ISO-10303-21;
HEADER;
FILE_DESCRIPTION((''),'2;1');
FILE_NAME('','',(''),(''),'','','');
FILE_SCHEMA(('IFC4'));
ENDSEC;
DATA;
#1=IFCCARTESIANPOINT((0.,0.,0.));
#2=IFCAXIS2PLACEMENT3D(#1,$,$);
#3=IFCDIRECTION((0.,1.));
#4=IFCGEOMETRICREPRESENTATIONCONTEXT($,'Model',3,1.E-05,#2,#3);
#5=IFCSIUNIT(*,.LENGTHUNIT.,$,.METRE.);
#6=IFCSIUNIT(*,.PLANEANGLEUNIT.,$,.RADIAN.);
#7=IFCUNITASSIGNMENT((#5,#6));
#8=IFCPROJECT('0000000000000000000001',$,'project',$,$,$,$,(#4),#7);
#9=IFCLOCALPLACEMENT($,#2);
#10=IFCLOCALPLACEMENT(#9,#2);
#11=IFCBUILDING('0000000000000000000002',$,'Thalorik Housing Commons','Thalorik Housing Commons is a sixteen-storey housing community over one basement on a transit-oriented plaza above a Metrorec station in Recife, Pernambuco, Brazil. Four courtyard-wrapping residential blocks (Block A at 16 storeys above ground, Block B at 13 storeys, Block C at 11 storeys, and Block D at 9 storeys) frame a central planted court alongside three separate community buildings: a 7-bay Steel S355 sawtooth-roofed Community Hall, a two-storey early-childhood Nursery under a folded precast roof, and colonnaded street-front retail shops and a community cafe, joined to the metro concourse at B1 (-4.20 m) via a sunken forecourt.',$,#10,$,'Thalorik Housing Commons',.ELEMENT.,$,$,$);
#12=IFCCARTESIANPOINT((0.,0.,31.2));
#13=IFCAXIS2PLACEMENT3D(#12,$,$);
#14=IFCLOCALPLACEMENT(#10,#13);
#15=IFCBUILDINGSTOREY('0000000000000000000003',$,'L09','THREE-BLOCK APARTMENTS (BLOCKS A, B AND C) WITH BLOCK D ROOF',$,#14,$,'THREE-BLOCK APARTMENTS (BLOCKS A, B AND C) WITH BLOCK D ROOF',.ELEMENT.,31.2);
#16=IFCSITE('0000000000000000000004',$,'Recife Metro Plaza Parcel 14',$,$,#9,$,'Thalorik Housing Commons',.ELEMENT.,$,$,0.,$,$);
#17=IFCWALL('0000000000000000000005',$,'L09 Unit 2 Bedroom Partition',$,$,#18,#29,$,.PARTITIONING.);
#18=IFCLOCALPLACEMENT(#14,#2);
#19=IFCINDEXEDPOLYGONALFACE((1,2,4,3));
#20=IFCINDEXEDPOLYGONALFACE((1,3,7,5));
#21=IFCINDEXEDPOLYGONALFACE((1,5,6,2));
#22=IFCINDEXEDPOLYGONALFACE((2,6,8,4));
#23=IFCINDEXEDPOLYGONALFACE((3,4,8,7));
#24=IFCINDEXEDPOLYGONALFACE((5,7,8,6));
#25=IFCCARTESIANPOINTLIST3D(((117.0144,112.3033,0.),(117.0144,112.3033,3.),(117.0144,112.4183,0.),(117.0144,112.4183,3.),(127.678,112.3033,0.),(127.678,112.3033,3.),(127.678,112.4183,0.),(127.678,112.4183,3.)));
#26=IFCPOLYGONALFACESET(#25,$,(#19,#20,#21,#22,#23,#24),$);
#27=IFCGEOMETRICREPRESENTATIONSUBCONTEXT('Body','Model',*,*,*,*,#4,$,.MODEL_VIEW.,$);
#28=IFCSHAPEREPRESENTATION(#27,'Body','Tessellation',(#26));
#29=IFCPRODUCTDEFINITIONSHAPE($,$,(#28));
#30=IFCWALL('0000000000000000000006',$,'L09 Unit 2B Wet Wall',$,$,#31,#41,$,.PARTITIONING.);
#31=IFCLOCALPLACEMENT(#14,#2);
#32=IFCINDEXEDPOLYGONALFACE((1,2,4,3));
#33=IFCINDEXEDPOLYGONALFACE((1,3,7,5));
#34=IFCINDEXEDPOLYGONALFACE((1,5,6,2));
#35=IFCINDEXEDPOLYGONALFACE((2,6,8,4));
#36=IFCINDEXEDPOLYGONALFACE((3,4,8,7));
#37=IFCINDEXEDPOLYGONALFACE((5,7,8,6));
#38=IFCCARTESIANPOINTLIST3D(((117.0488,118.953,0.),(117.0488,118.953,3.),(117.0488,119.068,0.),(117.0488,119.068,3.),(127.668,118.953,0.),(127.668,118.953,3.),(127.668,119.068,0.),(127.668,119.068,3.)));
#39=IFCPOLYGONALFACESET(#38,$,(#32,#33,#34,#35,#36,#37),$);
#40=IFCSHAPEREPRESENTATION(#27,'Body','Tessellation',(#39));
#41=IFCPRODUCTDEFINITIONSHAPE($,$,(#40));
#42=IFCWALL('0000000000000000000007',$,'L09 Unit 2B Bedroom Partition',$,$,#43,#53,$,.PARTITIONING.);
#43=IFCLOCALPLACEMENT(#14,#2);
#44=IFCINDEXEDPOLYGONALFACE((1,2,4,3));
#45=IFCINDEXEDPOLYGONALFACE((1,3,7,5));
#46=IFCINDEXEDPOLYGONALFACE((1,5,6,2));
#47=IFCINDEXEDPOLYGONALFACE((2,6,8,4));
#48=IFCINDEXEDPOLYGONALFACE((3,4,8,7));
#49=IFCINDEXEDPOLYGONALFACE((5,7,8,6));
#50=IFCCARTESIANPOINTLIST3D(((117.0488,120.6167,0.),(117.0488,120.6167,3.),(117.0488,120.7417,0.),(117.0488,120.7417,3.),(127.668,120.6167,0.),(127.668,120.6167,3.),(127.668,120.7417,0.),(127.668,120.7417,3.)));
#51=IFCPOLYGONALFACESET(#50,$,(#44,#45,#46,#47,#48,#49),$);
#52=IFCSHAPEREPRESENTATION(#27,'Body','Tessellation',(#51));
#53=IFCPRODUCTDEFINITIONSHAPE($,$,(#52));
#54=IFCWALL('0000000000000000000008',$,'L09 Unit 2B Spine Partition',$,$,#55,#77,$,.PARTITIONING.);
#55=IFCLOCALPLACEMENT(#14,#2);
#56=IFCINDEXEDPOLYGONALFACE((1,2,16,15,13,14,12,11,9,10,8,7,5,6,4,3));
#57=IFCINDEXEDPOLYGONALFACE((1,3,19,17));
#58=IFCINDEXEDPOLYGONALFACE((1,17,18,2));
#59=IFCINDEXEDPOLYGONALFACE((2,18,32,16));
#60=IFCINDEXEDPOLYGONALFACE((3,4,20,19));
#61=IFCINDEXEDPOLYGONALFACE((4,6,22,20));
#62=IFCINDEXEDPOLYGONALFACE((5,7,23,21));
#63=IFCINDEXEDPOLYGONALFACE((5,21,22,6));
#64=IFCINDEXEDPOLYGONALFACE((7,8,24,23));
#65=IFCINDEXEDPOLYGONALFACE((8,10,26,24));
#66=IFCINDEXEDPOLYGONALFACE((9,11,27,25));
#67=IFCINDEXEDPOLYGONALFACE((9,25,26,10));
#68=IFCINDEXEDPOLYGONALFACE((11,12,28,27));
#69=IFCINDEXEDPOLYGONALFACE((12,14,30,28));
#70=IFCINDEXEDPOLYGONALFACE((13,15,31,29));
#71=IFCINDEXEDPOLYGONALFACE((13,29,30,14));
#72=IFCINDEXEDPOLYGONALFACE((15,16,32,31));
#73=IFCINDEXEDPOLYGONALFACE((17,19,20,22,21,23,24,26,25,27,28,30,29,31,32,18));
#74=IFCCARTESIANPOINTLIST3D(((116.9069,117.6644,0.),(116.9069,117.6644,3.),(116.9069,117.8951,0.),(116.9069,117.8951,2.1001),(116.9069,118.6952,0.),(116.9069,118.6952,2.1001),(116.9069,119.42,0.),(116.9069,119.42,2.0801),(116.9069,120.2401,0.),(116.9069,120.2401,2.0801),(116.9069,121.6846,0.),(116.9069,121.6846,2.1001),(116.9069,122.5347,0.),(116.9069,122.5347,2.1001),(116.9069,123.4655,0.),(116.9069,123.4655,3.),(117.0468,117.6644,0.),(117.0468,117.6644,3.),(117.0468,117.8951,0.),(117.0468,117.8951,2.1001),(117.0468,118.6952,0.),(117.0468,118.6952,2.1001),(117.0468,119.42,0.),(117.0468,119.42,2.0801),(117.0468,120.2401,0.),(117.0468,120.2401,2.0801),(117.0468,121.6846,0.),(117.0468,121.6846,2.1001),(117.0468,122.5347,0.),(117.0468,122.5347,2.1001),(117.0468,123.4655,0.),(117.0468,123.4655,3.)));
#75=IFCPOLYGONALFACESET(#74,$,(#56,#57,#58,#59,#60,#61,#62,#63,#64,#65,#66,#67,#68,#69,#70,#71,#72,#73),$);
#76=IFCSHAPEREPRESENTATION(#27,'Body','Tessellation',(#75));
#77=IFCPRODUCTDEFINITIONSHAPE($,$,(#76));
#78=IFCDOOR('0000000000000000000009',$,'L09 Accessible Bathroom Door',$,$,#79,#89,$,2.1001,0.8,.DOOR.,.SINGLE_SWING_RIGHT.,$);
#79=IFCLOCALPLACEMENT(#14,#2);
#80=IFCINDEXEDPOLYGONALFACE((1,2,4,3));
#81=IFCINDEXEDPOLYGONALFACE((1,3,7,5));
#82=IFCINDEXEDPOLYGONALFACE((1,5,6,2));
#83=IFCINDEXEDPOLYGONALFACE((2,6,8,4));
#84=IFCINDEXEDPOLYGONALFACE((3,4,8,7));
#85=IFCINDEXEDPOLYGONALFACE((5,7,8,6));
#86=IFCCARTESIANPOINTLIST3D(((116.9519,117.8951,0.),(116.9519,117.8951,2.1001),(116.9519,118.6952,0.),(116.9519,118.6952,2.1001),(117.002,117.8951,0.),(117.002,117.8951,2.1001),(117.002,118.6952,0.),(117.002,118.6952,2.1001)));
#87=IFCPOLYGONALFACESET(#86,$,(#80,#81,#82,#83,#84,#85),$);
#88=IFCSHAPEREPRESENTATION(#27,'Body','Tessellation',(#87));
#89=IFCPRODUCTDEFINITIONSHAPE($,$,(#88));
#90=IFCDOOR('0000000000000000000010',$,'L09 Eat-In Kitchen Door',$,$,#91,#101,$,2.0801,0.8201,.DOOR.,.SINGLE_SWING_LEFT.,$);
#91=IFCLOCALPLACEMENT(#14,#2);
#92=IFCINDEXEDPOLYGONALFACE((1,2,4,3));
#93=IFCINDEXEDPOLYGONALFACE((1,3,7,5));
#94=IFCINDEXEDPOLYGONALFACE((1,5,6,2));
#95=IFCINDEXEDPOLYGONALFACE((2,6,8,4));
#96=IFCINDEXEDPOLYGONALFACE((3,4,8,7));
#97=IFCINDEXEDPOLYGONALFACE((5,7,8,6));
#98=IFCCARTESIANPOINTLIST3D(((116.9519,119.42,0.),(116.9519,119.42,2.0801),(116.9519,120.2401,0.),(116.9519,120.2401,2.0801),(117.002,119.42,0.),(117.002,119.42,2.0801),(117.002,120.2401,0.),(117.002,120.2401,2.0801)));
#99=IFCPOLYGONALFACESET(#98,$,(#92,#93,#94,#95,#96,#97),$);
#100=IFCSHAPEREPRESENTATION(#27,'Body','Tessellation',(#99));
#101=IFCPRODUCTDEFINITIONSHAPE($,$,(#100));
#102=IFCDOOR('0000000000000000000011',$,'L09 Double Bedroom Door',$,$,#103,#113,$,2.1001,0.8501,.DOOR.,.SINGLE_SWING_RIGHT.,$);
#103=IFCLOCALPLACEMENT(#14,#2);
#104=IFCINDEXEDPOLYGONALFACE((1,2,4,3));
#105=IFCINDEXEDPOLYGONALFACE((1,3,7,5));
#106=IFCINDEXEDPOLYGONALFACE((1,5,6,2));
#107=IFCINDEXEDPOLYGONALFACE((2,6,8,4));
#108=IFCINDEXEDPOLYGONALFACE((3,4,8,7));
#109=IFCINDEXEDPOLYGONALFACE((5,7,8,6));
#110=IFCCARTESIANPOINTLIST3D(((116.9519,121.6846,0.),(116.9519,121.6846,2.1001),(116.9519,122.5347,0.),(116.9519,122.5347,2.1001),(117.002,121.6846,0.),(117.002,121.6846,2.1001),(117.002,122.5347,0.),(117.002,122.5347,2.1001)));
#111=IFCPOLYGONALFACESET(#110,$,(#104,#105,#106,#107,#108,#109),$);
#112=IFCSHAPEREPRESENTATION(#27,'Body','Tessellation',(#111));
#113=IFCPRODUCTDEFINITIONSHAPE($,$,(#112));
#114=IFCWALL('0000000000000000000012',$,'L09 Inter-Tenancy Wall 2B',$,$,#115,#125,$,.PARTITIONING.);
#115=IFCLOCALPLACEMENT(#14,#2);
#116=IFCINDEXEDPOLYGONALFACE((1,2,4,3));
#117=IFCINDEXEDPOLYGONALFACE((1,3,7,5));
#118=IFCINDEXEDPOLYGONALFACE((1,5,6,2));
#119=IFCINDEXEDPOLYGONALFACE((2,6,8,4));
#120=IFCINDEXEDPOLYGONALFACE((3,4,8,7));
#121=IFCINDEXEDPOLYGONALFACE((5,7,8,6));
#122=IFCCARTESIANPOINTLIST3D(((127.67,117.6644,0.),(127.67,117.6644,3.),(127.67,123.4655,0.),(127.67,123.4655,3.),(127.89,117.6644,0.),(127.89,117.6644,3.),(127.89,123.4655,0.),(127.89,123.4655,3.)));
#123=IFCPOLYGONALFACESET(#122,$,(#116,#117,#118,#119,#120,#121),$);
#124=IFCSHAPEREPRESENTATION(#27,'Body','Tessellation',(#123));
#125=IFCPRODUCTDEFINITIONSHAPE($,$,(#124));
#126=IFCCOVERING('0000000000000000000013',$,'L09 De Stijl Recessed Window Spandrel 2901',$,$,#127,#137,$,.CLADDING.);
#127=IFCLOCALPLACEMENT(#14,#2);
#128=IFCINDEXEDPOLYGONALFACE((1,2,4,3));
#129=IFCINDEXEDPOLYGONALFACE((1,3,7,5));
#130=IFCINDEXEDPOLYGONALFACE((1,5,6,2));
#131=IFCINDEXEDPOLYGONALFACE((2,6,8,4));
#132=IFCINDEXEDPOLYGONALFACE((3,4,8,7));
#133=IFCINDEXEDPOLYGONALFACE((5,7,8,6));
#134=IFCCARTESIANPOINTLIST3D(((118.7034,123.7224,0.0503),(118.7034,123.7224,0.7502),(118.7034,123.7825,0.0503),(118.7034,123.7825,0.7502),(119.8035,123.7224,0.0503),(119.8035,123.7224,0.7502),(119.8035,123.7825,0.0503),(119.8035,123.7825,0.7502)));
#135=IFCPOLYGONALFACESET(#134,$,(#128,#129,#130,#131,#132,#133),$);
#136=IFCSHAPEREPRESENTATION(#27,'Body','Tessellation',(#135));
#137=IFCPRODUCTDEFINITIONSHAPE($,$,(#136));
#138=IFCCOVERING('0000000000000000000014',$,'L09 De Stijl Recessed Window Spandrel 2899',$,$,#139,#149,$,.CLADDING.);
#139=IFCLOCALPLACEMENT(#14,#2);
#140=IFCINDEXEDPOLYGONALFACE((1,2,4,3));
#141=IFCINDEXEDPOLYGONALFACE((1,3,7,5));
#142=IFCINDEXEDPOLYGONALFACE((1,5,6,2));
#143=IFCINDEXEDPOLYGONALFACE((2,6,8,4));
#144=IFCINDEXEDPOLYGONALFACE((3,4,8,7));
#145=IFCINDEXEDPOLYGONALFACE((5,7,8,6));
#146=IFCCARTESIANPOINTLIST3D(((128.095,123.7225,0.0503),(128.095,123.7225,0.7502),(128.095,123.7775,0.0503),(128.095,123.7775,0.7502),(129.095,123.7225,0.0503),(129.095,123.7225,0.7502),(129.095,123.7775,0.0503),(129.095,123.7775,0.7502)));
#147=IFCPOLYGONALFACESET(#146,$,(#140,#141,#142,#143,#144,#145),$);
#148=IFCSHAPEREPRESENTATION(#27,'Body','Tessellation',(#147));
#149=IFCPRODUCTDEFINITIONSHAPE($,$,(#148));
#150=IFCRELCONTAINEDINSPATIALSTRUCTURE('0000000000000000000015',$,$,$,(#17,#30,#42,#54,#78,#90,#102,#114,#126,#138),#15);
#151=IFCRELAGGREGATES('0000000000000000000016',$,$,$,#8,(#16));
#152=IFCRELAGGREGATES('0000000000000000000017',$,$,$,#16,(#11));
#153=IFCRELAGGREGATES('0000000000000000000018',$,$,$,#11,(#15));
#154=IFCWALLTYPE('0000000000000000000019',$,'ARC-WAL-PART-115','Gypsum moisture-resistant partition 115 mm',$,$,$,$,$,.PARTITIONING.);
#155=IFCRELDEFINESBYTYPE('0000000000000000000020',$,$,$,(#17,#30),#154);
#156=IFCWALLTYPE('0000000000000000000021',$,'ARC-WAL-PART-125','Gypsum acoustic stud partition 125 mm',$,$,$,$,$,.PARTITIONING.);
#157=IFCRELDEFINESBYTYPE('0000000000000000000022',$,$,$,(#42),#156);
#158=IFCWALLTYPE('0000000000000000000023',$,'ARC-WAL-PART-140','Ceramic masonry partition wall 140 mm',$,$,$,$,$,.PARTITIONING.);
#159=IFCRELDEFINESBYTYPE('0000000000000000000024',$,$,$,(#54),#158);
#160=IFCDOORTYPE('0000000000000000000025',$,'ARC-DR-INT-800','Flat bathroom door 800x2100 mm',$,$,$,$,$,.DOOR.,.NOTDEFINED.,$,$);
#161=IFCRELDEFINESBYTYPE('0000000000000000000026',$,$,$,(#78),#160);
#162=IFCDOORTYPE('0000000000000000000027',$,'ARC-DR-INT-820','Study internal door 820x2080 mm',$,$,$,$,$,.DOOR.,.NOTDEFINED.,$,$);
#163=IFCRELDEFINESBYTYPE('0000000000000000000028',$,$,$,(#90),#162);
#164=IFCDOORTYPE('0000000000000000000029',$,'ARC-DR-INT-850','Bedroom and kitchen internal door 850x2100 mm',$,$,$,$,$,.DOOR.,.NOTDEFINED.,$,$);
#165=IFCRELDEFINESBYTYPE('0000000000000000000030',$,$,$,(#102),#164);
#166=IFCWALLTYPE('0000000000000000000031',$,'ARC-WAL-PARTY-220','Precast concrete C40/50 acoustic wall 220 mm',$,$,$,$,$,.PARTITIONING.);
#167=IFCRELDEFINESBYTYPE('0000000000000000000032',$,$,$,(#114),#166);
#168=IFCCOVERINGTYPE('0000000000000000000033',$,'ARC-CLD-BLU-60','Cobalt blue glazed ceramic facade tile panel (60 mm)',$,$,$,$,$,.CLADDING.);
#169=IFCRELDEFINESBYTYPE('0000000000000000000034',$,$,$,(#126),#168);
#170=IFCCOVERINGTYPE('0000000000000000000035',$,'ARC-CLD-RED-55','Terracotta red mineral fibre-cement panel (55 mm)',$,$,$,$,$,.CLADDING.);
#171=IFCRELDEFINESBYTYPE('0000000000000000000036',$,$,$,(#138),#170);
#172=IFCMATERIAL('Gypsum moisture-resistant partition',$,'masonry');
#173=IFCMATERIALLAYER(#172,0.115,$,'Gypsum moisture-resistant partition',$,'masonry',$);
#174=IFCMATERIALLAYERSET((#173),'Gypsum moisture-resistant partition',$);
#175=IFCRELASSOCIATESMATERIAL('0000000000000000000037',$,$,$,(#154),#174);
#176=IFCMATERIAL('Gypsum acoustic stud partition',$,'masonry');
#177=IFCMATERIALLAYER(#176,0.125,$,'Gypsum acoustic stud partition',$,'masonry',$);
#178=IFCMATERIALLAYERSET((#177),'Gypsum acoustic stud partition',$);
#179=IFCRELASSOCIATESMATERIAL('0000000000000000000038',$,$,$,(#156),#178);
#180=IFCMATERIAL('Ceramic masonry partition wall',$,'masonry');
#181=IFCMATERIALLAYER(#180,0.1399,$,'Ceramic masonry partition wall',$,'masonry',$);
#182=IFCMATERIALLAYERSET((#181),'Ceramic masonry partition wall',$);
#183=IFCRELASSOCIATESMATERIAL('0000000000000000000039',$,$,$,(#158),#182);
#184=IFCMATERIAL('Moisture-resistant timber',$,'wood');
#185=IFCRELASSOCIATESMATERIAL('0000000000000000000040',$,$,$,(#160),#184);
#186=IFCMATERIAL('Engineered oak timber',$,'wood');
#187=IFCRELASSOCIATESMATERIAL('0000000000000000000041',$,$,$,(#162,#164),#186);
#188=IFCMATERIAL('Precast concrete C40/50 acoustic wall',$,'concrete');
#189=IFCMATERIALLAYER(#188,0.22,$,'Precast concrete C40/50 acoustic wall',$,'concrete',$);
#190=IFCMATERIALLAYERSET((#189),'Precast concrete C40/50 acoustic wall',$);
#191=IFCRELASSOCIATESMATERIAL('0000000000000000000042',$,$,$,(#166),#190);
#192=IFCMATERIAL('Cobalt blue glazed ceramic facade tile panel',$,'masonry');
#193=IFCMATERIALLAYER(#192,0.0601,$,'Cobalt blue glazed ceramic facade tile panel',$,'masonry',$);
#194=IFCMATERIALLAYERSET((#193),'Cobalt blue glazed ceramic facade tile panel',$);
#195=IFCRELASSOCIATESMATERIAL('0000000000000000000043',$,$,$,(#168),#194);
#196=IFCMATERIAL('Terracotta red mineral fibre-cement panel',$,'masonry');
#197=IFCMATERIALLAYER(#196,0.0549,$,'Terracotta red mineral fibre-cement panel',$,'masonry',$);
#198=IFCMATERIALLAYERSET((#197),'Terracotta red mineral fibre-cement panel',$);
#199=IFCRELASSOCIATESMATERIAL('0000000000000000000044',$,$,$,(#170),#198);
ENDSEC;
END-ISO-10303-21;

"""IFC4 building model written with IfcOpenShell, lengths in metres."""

from ifc_helpers import new_model, si_unit, direction, frame, frame_2d, origin, origin_2d, place, context, subcontext, project, spatial, rectangle, extrude, material, layer, layer_set, type_object, element, fill, save


model = new_model("IFC4")

# Units and contexts
model_context = context("Model", 3, precision=1e-05, world=origin(), true_north=direction((0.0, 1.0)))
body_context = subcontext(model_context, "Body", "Model", "MODEL_VIEW")
ifc_project = project(units=[si_unit("LENGTHUNIT", "METRE"), si_unit("PLANEANGLEUNIT", "RADIAN")], contexts=[model_context])

# Site, building, storey
site_placement = place(None, origin())
site = spatial("IfcSite", under=ifc_project, at=site_placement, Name="Recife Metro Plaza Parcel 14", LongName="Thalorik Housing Commons", CompositionType="ELEMENT", RefElevation=0.0)
building_placement = place(site_placement, origin())
building = spatial("IfcBuilding", under=site, at=building_placement, Name="Thalorik Housing Commons", Description="Thalorik Housing Commons is a sixteen-storey housing community over one basement on a transit-oriented plaza above a Metrorec station in Recife, Pernambuco, Brazil. Four courtyard-wrapping residential blocks (Block A at 16 storeys above ground, Block B at 13 storeys, Block C at 11 storeys, and Block D at 9 storeys) frame a central planted court alongside three separate community buildings: a 7-bay Steel S355 sawtooth-roofed Community Hall, a two-storey early-childhood Nursery under a folded precast roof, and colonnaded street-front retail shops and a community cafe, joined to the metro concourse at B1 (-4.20 m) via a sunken forecourt.", LongName="Thalorik Housing Commons", CompositionType="ELEMENT")
storey_placement = place(building_placement, frame((0.0, 0.0, 31.2)))
storey = spatial("IfcBuildingStorey", under=building, at=storey_placement, Name="L09", Description="THREE-BLOCK APARTMENTS (BLOCKS A, B AND C) WITH BLOCK D ROOF", LongName="THREE-BLOCK APARTMENTS (BLOCKS A, B AND C) WITH BLOCK D ROOF", CompositionType="ELEMENT", Elevation=31.2)

# Walls
ifc_material_1 = material(Name="Gypsum moisture-resistant partition", Category="masonry")
ifc_layer_1 = layer(ifc_material_1, 0.115, Name="Gypsum moisture-resistant partition", Category="masonry")
ifc_layer_set_1 = layer_set([ifc_layer_1], Name="Gypsum moisture-resistant partition")
wall_type_1 = type_object("IfcWallType", Name="ARC-WAL-PART-115", Description="Gypsum moisture-resistant partition 115 mm", PredefinedType="PARTITIONING", material=ifc_layer_set_1)
wall_1_placement = place(storey_placement, frame((117.0144, 112.3608, 0.0), z_axis=(0.0, 0.0, 1.0), x_axis=(1.0, 0.0, 0.0)))
element("IfcWall", 1, at=wall_1_placement, inside=storey, type_object=wall_type_1, Name="L09 Unit 2 Bedroom Partition", PredefinedType="PARTITIONING", context=body_context, shape_type="SweptSolid", body=[
    extrude(rectangle(XDim=10.6636, YDim=0.115, at=frame_2d((5.3318, 0.0))), origin(), (0.0, 0.0, 1.0), 3.0),
])
wall_2_placement = place(storey_placement, frame((117.0488, 119.0105, 0.0), z_axis=(0.0, 0.0, 1.0), x_axis=(1.0, 0.0, 0.0)))
element("IfcWall", 2, at=wall_2_placement, inside=storey, type_object=wall_type_1, Name="L09 Unit 2B Wet Wall", PredefinedType="PARTITIONING", context=body_context, shape_type="SweptSolid", body=[
    extrude(rectangle(XDim=10.6191, YDim=0.115, at=frame_2d((5.3096, 0.0))), origin(), (0.0, 0.0, 1.0), 3.0),
])
ifc_material_2 = material(Name="Gypsum acoustic stud partition", Category="masonry")
ifc_layer_2 = layer(ifc_material_2, 0.125, Name="Gypsum acoustic stud partition", Category="masonry")
ifc_layer_set_2 = layer_set([ifc_layer_2], Name="Gypsum acoustic stud partition")
wall_type_2 = type_object("IfcWallType", Name="ARC-WAL-PART-125", Description="Gypsum acoustic stud partition 125 mm", PredefinedType="PARTITIONING", material=ifc_layer_set_2)
wall_3_placement = place(storey_placement, frame((117.0488, 120.6792, 0.0), z_axis=(0.0, 0.0, 1.0), x_axis=(1.0, 0.0, 0.0)))
element("IfcWall", 3, at=wall_3_placement, inside=storey, type_object=wall_type_2, Name="L09 Unit 2B Bedroom Partition", PredefinedType="PARTITIONING", context=body_context, shape_type="SweptSolid", body=[
    extrude(rectangle(XDim=10.6191, YDim=0.125, at=frame_2d((5.3096, 0.0))), origin(), (0.0, 0.0, 1.0), 3.0),
])

# Wall, openings, doors
ifc_material_3 = material(Name="Ceramic masonry partition wall", Category="masonry")
ifc_layer_3 = layer(ifc_material_3, 0.1399, Name="Ceramic masonry partition wall", Category="masonry")
ifc_layer_set_3 = layer_set([ifc_layer_3], Name="Ceramic masonry partition wall")
wall_type_3 = type_object("IfcWallType", Name="ARC-WAL-PART-140", Description="Ceramic masonry partition wall 140 mm", PredefinedType="PARTITIONING", material=ifc_layer_set_3)
wall_4_placement = place(storey_placement, frame((116.9768, 117.6646, 0.0), z_axis=(0.0, 0.0, 1.0), x_axis=(0.0, 1.0, 0.0)))
wall_4 = element("IfcWall", 4, at=wall_4_placement, inside=storey, type_object=wall_type_3, Name="L09 Unit 2B Spine Partition", PredefinedType="PARTITIONING", context=body_context, shape_type="SweptSolid", body=[
    extrude(rectangle(XDim=5.801, YDim=0.1399, at=frame_2d((2.9004, 0.0))), origin(), (0.0, 0.0, 1.0), 3.0),
])
opening_1_placement = place(wall_4_placement, frame((0.2307, 0.0, 0.0)))
opening_1 = element("IfcOpeningElement", 5, at=opening_1_placement, cuts=wall_4, PredefinedType="OPENING", context=body_context, shape_type="SweptSolid", body=[
    extrude(rectangle(XDim=0.8, YDim=2.1001, at=frame_2d((0.3999, 1.05))), frame((0.0, 0.0801, 0.0), z_axis=(0.0, -1.0, 0.0), x_axis=(1.0, 0.0, 0.0)), (0.0, 0.0, 1.0), 0.1599),
])
opening_2_placement = place(wall_4_placement, frame((1.7554, 0.0, 0.0)))
opening_2 = element("IfcOpeningElement", 6, at=opening_2_placement, cuts=wall_4, PredefinedType="OPENING", context=body_context, shape_type="SweptSolid", body=[
    extrude(rectangle(XDim=0.8201, YDim=2.0801, at=frame_2d((0.4102, 1.04))), frame((0.0, 0.0801, 0.0), z_axis=(0.0, -1.0, 0.0), x_axis=(1.0, 0.0, 0.0)), (0.0, 0.0, 1.0), 0.1599),
])
opening_3_placement = place(wall_4_placement, frame((4.02, 0.0, 0.0)))
opening_3 = element("IfcOpeningElement", 7, at=opening_3_placement, cuts=wall_4, PredefinedType="OPENING", context=body_context, shape_type="SweptSolid", body=[
    extrude(rectangle(XDim=0.8501, YDim=2.1001, at=frame_2d((0.425, 1.05))), frame((0.0, 0.0801, 0.0), z_axis=(0.0, -1.0, 0.0), x_axis=(1.0, 0.0, 0.0)), (0.0, 0.0, 1.0), 0.1599),
])
ifc_material_4 = material(Name="Moisture-resistant timber", Category="wood")
door_type_1 = type_object("IfcDoorType", Name="ARC-DR-INT-800", Description="Flat bathroom door 800x2100 mm", OperationType="NOTDEFINED", PredefinedType="DOOR", material=ifc_material_4)
door_1_placement = place(opening_1_placement, origin())
door_1 = element("IfcDoor", 8, at=door_1_placement, inside=storey, type_object=door_type_1, Name="L09 Accessible Bathroom Door", OperationType="SINGLE_SWING_RIGHT", OverallHeight=2.1001, OverallWidth=0.8, PredefinedType="DOOR", context=body_context, shape_type="SweptSolid", body=[
    extrude(rectangle(XDim=0.8, YDim=2.1001, at=frame_2d((0.3999, 1.05))), frame((0.0, 0.0249, 0.0), z_axis=(0.0, -1.0, 0.0), x_axis=(1.0, 0.0, 0.0)), (0.0, 0.0, 1.0), 0.05),
])
fill(opening_1, door_1)
ifc_material_5 = material(Name="Engineered oak timber", Category="wood")
door_type_2 = type_object("IfcDoorType", Name="ARC-DR-INT-820", Description="Study internal door 820x2080 mm", OperationType="NOTDEFINED", PredefinedType="DOOR", material=ifc_material_5)
door_2_placement = place(opening_2_placement, origin())
door_2 = element("IfcDoor", 9, at=door_2_placement, inside=storey, type_object=door_type_2, Name="L09 Eat-In Kitchen Door", OperationType="SINGLE_SWING_LEFT", OverallHeight=2.0801, OverallWidth=0.8201, PredefinedType="DOOR", context=body_context, shape_type="SweptSolid", body=[
    extrude(rectangle(XDim=0.8201, YDim=2.0801, at=frame_2d((0.4102, 1.04))), frame((0.0, 0.0249, 0.0), z_axis=(0.0, -1.0, 0.0), x_axis=(1.0, 0.0, 0.0)), (0.0, 0.0, 1.0), 0.05),
])
fill(opening_2, door_2)
door_type_3 = type_object("IfcDoorType", Name="ARC-DR-INT-850", Description="Bedroom and kitchen internal door 850x2100 mm", OperationType="NOTDEFINED", PredefinedType="DOOR", material=ifc_material_5)
door_3_placement = place(opening_3_placement, origin())
door_3 = element("IfcDoor", 10, at=door_3_placement, inside=storey, type_object=door_type_3, Name="L09 Double Bedroom Door", OperationType="SINGLE_SWING_RIGHT", OverallHeight=2.1001, OverallWidth=0.8501, PredefinedType="DOOR", context=body_context, shape_type="SweptSolid", body=[
    extrude(rectangle(XDim=0.8501, YDim=2.1001, at=frame_2d((0.425, 1.05))), frame((0.0, 0.0249, 0.0), z_axis=(0.0, -1.0, 0.0), x_axis=(1.0, 0.0, 0.0)), (0.0, 0.0, 1.0), 0.05),
])
fill(opening_3, door_3)

# Wall
ifc_material_6 = material(Name="Precast concrete C40/50 acoustic wall", Category="concrete")
ifc_layer_4 = layer(ifc_material_6, 0.22, Name="Precast concrete C40/50 acoustic wall", Category="concrete")
ifc_layer_set_4 = layer_set([ifc_layer_4], Name="Precast concrete C40/50 acoustic wall")
wall_type_4 = type_object("IfcWallType", Name="ARC-WAL-PARTY-220", Description="Precast concrete C40/50 acoustic wall 220 mm", PredefinedType="PARTITIONING", material=ifc_layer_set_4)
wall_5_placement = place(storey_placement, frame((127.78, 117.6646, 0.0), z_axis=(0.0, 0.0, 1.0), x_axis=(0.0, 1.0, 0.0)))
element("IfcWall", 11, at=wall_5_placement, inside=storey, type_object=wall_type_4, Name="L09 Inter-Tenancy Wall 2B", PredefinedType="PARTITIONING", context=body_context, shape_type="SweptSolid", body=[
    extrude(rectangle(XDim=5.801, YDim=0.22, at=frame_2d((2.9004, 0.0))), origin(), (0.0, 0.0, 1.0), 3.0),
])

# Coverings
ifc_material_7 = material(Name="Cobalt blue glazed ceramic facade tile panel", Category="masonry")
ifc_layer_5 = layer(ifc_material_7, 0.0601, Name="Cobalt blue glazed ceramic facade tile panel", Category="masonry")
ifc_layer_set_5 = layer_set([ifc_layer_5], Name="Cobalt blue glazed ceramic facade tile panel")
covering_type_1 = type_object("IfcCoveringType", Name="ARC-CLD-BLU-60", Description="Cobalt blue glazed ceramic facade tile panel (60 mm)", PredefinedType="CLADDING", material=ifc_layer_set_5)
covering_1_placement = place(storey_placement, frame((119.2534, 123.7524, 0.0503), z_axis=(0.0, 0.0, 1.0), x_axis=(-1.0, 0.0, 0.0)))
element("IfcCovering", 12, at=covering_1_placement, inside=storey, type_object=covering_type_1, Name="L09 De Stijl Recessed Window Spandrel 2901", PredefinedType="CLADDING", context=body_context, shape_type="SweptSolid", body=[
    extrude(rectangle(XDim=1.1001, YDim=0.0601, at=origin_2d()), origin(), (0.0, 0.0, 1.0), 0.7),
])
ifc_material_8 = material(Name="Terracotta red mineral fibre-cement panel", Category="masonry")
ifc_layer_6 = layer(ifc_material_8, 0.0549, Name="Terracotta red mineral fibre-cement panel", Category="masonry")
ifc_layer_set_6 = layer_set([ifc_layer_6], Name="Terracotta red mineral fibre-cement panel")
covering_type_2 = type_object("IfcCoveringType", Name="ARC-CLD-RED-55", Description="Terracotta red mineral fibre-cement panel (55 mm)", PredefinedType="CLADDING", material=ifc_layer_set_6)
covering_2_placement = place(storey_placement, frame((128.595, 123.75, 0.0503), z_axis=(0.0, 0.0, 1.0), x_axis=(-1.0, 0.0, 0.0)))
element("IfcCovering", 13, at=covering_2_placement, inside=storey, type_object=covering_type_2, Name="L09 De Stijl Recessed Window Spandrel 2899", PredefinedType="CLADDING", context=body_context, shape_type="SweptSolid", body=[
    extrude(rectangle(XDim=1.0, YDim=0.0549, at=origin_2d()), origin(), (0.0, 0.0, 1.0), 0.7),
])

save(model, "model.ifc")
